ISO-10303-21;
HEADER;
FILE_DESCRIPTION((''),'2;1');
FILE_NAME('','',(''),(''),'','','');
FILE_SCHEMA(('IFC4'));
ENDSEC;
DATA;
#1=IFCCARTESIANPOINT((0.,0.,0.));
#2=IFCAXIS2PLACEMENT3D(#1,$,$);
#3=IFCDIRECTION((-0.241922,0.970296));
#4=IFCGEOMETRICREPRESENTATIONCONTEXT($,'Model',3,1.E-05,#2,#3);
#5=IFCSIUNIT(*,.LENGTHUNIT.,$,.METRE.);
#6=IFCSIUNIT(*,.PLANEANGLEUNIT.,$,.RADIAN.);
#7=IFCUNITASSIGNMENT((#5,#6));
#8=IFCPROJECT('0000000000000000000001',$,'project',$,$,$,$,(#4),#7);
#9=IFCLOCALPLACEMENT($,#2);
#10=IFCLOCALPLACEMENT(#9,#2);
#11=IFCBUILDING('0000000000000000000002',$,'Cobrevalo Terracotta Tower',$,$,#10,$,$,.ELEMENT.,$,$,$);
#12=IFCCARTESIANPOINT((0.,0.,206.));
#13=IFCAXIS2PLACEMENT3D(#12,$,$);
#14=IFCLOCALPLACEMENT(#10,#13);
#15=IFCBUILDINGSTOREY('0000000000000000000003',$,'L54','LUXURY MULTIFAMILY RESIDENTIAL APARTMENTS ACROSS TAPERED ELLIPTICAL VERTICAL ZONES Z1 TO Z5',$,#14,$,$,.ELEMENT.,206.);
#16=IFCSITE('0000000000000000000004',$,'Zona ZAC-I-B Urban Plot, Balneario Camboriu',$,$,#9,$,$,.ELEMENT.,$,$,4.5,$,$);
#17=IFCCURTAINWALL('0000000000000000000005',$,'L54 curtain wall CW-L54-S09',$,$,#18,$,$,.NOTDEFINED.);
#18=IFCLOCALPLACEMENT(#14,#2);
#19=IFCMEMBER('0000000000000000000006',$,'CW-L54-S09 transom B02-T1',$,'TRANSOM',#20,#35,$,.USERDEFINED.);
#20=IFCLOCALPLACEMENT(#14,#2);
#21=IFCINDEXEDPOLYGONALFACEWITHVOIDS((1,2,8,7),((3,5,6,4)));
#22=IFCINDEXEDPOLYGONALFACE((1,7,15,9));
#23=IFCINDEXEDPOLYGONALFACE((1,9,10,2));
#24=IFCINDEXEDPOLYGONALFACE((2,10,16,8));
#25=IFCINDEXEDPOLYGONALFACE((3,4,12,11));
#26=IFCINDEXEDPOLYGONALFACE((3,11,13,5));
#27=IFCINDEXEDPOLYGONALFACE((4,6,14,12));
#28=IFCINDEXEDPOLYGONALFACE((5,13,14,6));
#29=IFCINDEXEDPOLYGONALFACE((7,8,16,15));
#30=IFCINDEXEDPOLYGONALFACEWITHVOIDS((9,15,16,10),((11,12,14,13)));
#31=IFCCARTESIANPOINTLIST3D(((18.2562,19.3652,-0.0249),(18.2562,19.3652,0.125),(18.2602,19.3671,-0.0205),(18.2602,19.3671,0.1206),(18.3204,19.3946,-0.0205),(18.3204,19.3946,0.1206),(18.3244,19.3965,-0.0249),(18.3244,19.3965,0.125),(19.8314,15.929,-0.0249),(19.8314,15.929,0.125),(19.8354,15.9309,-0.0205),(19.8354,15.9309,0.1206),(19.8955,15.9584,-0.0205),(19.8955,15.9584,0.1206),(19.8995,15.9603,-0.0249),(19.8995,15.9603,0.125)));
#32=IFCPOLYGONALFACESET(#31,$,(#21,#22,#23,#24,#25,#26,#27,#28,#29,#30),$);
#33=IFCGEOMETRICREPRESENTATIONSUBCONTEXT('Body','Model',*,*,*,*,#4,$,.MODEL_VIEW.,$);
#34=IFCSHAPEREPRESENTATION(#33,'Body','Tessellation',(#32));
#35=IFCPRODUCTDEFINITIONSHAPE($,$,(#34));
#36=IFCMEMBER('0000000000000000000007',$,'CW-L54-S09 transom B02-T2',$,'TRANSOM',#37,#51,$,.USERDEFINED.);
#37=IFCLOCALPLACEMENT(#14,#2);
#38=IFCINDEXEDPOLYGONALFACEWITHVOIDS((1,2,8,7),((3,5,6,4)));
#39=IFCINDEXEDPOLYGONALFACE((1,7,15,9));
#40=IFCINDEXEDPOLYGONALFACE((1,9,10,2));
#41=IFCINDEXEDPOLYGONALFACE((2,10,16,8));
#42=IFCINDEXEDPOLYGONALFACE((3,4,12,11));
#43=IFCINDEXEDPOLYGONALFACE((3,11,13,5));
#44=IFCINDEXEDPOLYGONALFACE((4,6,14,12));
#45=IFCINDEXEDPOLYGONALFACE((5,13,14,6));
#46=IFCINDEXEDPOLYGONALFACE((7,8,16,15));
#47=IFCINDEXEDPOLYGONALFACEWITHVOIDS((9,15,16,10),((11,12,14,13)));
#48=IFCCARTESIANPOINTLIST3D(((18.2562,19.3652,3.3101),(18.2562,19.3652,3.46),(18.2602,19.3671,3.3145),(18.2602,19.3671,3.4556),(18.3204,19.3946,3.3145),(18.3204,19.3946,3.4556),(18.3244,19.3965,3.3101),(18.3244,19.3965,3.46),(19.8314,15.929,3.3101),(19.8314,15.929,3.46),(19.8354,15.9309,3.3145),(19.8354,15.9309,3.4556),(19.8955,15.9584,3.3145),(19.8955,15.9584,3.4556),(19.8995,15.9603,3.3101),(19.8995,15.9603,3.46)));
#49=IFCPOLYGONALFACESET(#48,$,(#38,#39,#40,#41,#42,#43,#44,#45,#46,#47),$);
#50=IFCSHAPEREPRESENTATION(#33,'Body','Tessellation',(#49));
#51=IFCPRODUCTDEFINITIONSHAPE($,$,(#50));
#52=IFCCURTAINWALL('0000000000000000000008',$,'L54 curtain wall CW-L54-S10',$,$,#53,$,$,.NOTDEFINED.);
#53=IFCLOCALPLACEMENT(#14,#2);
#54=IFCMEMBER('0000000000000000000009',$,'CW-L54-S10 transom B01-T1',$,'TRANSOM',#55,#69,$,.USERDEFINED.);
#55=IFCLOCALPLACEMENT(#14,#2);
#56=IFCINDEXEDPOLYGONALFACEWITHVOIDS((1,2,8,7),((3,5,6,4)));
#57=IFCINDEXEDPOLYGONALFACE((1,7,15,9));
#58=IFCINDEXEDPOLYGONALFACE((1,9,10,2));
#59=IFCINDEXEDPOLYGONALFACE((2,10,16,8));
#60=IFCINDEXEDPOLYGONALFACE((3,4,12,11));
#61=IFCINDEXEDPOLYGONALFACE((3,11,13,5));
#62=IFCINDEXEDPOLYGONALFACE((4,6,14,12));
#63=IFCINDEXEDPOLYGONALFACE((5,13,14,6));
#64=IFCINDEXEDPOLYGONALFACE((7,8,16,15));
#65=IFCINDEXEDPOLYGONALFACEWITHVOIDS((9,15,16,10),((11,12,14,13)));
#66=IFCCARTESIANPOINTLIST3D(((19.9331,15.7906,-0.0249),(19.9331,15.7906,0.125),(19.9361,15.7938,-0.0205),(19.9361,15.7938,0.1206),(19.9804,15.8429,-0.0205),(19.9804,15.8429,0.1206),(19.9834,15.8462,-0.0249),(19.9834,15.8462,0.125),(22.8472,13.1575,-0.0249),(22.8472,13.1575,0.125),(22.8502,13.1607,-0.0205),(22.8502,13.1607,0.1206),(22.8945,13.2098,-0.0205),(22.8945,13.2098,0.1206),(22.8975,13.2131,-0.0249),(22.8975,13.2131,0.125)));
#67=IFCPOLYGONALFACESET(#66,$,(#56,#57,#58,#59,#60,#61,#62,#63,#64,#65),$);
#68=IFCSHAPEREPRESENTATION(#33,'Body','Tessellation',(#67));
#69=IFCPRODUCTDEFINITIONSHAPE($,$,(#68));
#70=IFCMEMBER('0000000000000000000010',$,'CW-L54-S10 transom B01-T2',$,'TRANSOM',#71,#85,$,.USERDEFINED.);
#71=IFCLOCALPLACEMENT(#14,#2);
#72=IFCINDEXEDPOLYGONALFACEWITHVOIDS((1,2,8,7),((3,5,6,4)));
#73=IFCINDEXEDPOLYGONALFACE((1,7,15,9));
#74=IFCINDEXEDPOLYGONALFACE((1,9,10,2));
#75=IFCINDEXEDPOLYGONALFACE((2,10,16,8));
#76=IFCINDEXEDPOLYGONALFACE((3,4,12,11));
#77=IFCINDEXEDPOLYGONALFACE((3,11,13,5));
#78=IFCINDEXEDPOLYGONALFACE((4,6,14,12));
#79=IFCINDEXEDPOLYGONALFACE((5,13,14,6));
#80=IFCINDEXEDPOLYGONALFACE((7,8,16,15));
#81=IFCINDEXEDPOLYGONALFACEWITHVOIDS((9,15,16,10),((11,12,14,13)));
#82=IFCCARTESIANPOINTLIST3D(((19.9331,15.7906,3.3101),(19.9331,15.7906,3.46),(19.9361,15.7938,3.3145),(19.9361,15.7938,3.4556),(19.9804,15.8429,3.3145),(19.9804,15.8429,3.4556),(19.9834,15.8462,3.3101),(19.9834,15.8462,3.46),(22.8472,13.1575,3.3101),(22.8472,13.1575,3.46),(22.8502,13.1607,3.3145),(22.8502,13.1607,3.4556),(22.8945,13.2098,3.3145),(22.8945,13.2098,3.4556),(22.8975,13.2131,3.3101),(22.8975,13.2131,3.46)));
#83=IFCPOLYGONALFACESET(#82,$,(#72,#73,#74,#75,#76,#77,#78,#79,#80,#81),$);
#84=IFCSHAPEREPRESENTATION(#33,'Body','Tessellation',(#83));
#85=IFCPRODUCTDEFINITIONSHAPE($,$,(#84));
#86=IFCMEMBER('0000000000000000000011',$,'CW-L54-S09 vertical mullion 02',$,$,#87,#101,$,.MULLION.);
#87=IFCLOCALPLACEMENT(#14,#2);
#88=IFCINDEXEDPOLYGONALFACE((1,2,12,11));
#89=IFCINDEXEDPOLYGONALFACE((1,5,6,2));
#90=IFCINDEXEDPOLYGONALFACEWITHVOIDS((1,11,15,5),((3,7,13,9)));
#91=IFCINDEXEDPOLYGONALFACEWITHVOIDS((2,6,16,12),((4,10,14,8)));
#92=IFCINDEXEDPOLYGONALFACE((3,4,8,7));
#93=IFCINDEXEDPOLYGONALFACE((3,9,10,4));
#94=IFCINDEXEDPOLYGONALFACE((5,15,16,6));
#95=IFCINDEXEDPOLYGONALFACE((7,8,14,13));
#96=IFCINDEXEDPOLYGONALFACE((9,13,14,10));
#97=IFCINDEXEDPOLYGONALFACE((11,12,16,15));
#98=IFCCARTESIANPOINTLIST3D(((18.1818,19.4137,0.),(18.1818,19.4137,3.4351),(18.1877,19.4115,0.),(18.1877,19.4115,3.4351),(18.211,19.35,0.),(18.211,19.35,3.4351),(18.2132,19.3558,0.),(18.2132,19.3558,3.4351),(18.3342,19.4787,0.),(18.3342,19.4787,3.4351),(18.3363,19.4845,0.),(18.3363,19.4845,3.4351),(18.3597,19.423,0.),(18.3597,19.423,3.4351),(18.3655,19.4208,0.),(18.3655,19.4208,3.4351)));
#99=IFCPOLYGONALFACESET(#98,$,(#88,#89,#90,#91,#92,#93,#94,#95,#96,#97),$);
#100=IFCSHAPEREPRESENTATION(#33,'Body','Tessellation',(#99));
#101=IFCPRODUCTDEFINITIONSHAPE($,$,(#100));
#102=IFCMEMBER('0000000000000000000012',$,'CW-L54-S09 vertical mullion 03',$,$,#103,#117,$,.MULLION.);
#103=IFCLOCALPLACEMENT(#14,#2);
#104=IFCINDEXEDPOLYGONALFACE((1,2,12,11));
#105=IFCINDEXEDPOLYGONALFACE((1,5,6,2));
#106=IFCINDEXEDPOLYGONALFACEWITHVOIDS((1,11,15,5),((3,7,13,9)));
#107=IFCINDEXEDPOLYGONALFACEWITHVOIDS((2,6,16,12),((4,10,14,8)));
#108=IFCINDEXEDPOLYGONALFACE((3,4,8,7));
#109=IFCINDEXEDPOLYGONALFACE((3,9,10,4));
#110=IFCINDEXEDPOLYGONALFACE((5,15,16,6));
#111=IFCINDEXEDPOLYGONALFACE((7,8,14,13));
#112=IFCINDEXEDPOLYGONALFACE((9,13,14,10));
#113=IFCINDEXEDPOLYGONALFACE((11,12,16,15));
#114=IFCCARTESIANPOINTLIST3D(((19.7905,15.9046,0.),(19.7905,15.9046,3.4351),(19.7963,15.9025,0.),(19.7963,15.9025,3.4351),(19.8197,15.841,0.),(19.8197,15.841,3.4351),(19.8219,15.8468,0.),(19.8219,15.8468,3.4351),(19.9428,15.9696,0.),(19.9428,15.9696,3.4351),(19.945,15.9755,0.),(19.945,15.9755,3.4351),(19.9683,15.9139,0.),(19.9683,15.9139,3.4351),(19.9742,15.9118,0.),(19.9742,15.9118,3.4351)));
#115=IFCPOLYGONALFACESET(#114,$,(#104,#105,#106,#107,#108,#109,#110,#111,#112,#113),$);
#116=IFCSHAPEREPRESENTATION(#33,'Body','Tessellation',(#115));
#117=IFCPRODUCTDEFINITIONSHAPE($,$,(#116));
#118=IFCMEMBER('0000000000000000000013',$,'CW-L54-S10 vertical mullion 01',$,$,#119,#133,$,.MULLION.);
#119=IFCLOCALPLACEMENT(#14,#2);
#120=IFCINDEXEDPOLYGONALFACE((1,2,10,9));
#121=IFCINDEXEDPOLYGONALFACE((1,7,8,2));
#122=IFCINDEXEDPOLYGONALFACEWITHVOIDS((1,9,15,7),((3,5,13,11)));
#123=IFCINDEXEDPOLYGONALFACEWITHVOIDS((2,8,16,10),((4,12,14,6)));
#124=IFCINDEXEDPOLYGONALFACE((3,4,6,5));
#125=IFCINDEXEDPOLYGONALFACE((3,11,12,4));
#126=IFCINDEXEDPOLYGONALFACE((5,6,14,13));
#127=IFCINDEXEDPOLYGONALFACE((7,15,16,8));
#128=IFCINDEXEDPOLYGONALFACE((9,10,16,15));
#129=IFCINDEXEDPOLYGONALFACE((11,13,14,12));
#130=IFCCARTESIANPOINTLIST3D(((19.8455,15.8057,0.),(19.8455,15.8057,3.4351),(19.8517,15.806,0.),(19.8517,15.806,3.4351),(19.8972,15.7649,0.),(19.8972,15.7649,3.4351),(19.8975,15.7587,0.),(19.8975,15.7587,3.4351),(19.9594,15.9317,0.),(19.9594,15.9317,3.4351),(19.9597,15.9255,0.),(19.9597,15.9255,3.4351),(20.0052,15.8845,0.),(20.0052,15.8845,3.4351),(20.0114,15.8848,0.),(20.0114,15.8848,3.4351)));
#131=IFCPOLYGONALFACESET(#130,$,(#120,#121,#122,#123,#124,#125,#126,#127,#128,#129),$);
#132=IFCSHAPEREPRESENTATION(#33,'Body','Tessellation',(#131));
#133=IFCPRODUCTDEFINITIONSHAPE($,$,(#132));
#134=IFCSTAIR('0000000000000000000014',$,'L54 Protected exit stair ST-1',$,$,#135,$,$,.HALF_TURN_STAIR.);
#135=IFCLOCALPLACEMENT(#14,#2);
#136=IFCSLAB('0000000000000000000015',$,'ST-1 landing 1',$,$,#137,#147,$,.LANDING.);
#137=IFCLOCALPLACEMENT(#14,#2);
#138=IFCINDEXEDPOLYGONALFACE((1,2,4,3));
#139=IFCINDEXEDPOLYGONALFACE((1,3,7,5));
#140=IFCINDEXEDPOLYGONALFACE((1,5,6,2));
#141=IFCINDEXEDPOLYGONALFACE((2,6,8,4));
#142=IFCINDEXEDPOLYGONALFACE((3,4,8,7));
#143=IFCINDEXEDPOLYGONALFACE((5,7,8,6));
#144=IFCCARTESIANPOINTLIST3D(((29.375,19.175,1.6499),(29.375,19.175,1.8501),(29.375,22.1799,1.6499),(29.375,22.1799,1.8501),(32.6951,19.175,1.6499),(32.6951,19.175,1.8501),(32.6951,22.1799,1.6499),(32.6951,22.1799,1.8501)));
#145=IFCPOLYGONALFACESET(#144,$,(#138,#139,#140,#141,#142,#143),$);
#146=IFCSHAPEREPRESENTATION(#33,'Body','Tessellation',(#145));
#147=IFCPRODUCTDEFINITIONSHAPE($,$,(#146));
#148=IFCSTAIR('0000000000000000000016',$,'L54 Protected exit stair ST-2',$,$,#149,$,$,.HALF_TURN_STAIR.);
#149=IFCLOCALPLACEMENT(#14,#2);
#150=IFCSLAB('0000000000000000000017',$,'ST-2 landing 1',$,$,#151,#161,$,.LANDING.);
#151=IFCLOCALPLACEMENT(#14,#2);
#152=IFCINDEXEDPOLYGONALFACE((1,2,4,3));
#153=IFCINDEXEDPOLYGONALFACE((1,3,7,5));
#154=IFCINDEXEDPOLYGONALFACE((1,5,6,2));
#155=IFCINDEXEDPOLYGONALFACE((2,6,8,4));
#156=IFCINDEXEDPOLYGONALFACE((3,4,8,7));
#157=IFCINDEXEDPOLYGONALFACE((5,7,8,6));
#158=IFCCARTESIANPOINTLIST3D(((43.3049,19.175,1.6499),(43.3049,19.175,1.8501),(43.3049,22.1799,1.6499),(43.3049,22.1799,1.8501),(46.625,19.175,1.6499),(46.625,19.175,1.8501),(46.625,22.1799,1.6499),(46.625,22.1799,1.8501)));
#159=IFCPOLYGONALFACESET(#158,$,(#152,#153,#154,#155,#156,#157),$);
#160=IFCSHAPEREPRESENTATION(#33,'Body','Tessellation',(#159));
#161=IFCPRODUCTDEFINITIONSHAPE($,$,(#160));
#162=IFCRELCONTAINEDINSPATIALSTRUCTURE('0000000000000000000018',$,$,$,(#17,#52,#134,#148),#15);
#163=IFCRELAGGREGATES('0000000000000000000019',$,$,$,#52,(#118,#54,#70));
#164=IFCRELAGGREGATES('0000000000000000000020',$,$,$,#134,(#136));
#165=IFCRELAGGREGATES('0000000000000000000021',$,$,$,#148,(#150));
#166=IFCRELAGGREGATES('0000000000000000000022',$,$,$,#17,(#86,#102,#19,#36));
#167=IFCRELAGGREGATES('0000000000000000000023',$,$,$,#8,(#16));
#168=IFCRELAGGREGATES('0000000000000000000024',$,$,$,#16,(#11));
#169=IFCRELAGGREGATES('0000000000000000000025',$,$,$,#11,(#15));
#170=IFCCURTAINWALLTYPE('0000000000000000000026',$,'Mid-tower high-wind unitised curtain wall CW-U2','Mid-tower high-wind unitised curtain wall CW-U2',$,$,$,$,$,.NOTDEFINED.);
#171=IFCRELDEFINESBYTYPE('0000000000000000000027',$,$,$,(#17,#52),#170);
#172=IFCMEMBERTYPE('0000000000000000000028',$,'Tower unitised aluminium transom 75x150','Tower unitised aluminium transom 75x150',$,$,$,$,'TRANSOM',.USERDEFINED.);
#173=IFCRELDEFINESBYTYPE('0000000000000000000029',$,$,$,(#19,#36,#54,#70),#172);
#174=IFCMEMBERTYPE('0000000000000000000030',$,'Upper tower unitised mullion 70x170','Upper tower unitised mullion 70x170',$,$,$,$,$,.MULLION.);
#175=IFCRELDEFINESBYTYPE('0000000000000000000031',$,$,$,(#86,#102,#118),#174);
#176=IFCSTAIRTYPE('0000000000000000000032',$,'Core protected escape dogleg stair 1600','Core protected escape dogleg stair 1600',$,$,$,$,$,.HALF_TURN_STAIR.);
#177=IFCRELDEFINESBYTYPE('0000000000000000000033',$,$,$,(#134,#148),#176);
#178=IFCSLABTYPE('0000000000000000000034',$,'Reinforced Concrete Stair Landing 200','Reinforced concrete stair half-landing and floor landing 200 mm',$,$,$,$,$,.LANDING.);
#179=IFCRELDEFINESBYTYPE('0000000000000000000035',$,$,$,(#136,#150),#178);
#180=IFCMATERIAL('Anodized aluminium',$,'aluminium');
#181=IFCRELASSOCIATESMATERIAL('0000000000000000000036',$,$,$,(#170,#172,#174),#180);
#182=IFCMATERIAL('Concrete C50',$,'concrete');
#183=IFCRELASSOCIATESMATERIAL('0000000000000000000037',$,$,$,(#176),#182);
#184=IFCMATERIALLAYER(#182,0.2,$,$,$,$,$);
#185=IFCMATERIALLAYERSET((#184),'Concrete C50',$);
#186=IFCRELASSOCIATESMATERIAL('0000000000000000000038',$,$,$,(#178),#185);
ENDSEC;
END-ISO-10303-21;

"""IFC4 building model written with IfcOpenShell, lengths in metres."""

from ifc_helpers import new_model, si_unit, direction, frame, origin, origin_2d, place, context, subcontext, project, spatial, polyline, hollow_rectangle, outline, extrude, source, transform, mapped, material, layer, layer_set, material_profile, profile_set, type_object, element, aggregate, save


model = new_model("IFC4")

# Units and contexts
model_context = context("Model", 3, precision=1e-05, world=origin(), true_north=direction((-0.241922, 0.970296)))
body_context = subcontext(model_context, "Body", "Model", "MODEL_VIEW")
ifc_project = project(units=[si_unit("LENGTHUNIT", "METRE"), si_unit("PLANEANGLEUNIT", "RADIAN")], contexts=[model_context])

# Site, building, storey
site_placement = place(None, origin())
site = spatial("IfcSite", under=ifc_project, at=site_placement, Name="Zona ZAC-I-B Urban Plot, Balneario Camboriu", CompositionType="ELEMENT", RefElevation=4.5)
building_placement = place(site_placement, origin())
building = spatial("IfcBuilding", under=site, at=building_placement, Name="Cobrevalo Terracotta Tower", CompositionType="ELEMENT")
storey_placement = place(building_placement, frame((0.0, 0.0, 206.0)))
storey = spatial("IfcBuildingStorey", under=building, at=storey_placement, Name="L54", Description="LUXURY MULTIFAMILY RESIDENTIAL APARTMENTS ACROSS TAPERED ELLIPTICAL VERTICAL ZONES Z1 TO Z5", CompositionType="ELEMENT", Elevation=206.0)

# Curtain walls, members
ifc_material_1 = material(Name="Anodized aluminium", Category="aluminium")
curtain_wall_type = type_object("IfcCurtainWallType", Name="Mid-tower high-wind unitised curtain wall CW-U2", Description="Mid-tower high-wind unitised curtain wall CW-U2", PredefinedType="NOTDEFINED", material=ifc_material_1)
curtain_wall_1_placement = place(storey_placement, origin())
curtain_wall_1 = element("IfcCurtainWall", 1, at=curtain_wall_1_placement, inside=storey, type_object=curtain_wall_type, Name="L54 curtain wall CW-L54-S09", PredefinedType="NOTDEFINED")
ifc_material_profile_1 = material_profile(ifc_material_1, hollow_rectangle(XDim=0.075, YDim=0.1499, WallThickness=0.0044, at=origin_2d()), Name="CWT 75x150")
ifc_profile_set_1 = profile_set([ifc_material_profile_1], Name="Anodized aluminium")
member_type_1 = type_object("IfcMemberType", Name="Tower unitised aluminium transom 75x150", Description="Tower unitised aluminium transom 75x150", ElementType="TRANSOM", PredefinedType="USERDEFINED", material=ifc_profile_set_1)
shared_shape_1 = source(origin(), body_context, "Body", "SweptSolid", [
    extrude(hollow_rectangle(XDim=0.075, YDim=0.1499, WallThickness=0.0044, at=origin_2d()), origin(), (0.0, 0.0, 1.0), 3.78),
])
member_1_placement = place(storey_placement, frame((18.2903, 19.3809, 0.05), z_axis=(0.416706, -0.909041, 0.0), x_axis=(0.909041, 0.416706, 0.0)))
member_1 = element("IfcMember", 2, at=member_1_placement, type_object=member_type_1, Name="CW-L54-S09 transom B02-T1", ObjectType="TRANSOM", PredefinedType="USERDEFINED", context=body_context, shape_type="MappedRepresentation", body=[
    mapped(shared_shape_1, transform((0.0, 0.0, 0.0), scale=1.0)),
])
member_2_placement = place(storey_placement, frame((18.2903, 19.3809, 3.385), z_axis=(0.416706, -0.909041, 0.0), x_axis=(0.909041, 0.416706, 0.0)))
member_2 = element("IfcMember", 3, at=member_2_placement, type_object=member_type_1, Name="CW-L54-S09 transom B02-T2", ObjectType="TRANSOM", PredefinedType="USERDEFINED", context=body_context, shape_type="MappedRepresentation", body=[
    mapped(shared_shape_1, transform((0.0, 0.0, 0.0), scale=1.0)),
])
curtain_wall_2_placement = place(storey_placement, origin())
curtain_wall_2 = element("IfcCurtainWall", 4, at=curtain_wall_2_placement, inside=storey, type_object=curtain_wall_type, Name="L54 curtain wall CW-L54-S10", PredefinedType="NOTDEFINED")
shared_shape_2 = source(origin(), body_context, "Body", "SweptSolid", [
    extrude(hollow_rectangle(XDim=0.075, YDim=0.1499, WallThickness=0.0044, at=origin_2d()), origin(), (0.0, 0.0, 1.0), 3.9275),
])
member_3_placement = place(storey_placement, frame((19.9583, 15.8184, 0.05), z_axis=(0.741976, -0.670426, 0.0), x_axis=(0.670426, 0.741976, 0.0)))
member_3 = element("IfcMember", 5, at=member_3_placement, type_object=member_type_1, Name="CW-L54-S10 transom B01-T1", ObjectType="TRANSOM", PredefinedType="USERDEFINED", context=body_context, shape_type="MappedRepresentation", body=[
    mapped(shared_shape_2, transform((0.0, 0.0, 0.0), scale=1.0)),
])
member_4_placement = place(storey_placement, frame((19.9583, 15.8184, 3.385), z_axis=(0.741976, -0.670426, 0.0), x_axis=(0.670426, 0.741976, 0.0)))
member_4 = element("IfcMember", 6, at=member_4_placement, type_object=member_type_1, Name="CW-L54-S10 transom B01-T2", ObjectType="TRANSOM", PredefinedType="USERDEFINED", context=body_context, shape_type="MappedRepresentation", body=[
    mapped(shared_shape_2, transform((0.0, 0.0, 0.0), scale=1.0)),
])

# Members
ifc_material_profile_2 = material_profile(ifc_material_1, hollow_rectangle(XDim=0.0701, YDim=0.1699, WallThickness=0.0044, at=origin_2d()), Name="CWM 70x170")
ifc_profile_set_2 = profile_set([ifc_material_profile_2], Name="Anodized aluminium")
member_type_2 = type_object("IfcMemberType", Name="Upper tower unitised mullion 70x170", Description="Upper tower unitised mullion 70x170", PredefinedType="MULLION", material=ifc_profile_set_2)
shared_shape_3 = source(origin(), body_context, "Body", "SweptSolid", [
    extrude(hollow_rectangle(XDim=0.0701, YDim=0.1699, WallThickness=0.0044, at=origin_2d()), origin(), (0.0, 0.0, 1.0), 3.4351),
])
member_5_placement = place(storey_placement, frame((18.2737, 19.4172, 0.0), z_axis=(0.0, 0.0, 1.0), x_axis=(0.416725, -0.909033, 0.0)))
member_5 = element("IfcMember", 7, at=member_5_placement, type_object=member_type_2, Name="CW-L54-S09 vertical mullion 02", PredefinedType="MULLION", context=body_context, shape_type="MappedRepresentation", body=[
    mapped(shared_shape_3, transform((0.0, 0.0, 0.0), scale=1.0)),
])
member_6_placement = place(storey_placement, frame((19.8823, 15.9082, 0.0), z_axis=(0.0, 0.0, 1.0), x_axis=(0.416725, -0.909033, 0.0)))
member_6 = element("IfcMember", 8, at=member_6_placement, type_object=member_type_2, Name="CW-L54-S09 vertical mullion 03", PredefinedType="MULLION", context=body_context, shape_type="MappedRepresentation", body=[
    mapped(shared_shape_3, transform((0.0, 0.0, 0.0), scale=1.0)),
])
member_7_placement = place(storey_placement, frame((19.9285, 15.8452, 0.0), z_axis=(0.0, 0.0, 1.0), x_axis=(0.741988, -0.670414, 0.0)))
member_7 = element("IfcMember", 9, at=member_7_placement, type_object=member_type_2, Name="CW-L54-S10 vertical mullion 01", PredefinedType="MULLION", context=body_context, shape_type="MappedRepresentation", body=[
    mapped(shared_shape_3, transform((0.0, 0.0, 0.0), scale=1.0)),
])
aggregate(curtain_wall_2, [member_7, member_3, member_4])

# Stairs, slabs
ifc_material_2 = material(Name="Concrete C50", Category="concrete")
stair_type = type_object("IfcStairType", Name="Core protected escape dogleg stair 1600", Description="Core protected escape dogleg stair 1600", PredefinedType="HALF_TURN_STAIR", material=ifc_material_2)
stair_1_placement = place(storey_placement, origin())
stair_1 = element("IfcStair", 10, at=stair_1_placement, inside=storey, type_object=stair_type, Name="L54 Protected exit stair ST-1", PredefinedType="HALF_TURN_STAIR")
ifc_layer_1 = layer(ifc_material_2, 0.2)
ifc_layer_set_1 = layer_set([ifc_layer_1], Name="Concrete C50")
slab_type_1 = type_object("IfcSlabType", Name="Reinforced Concrete Stair Landing 200", Description="Reinforced concrete stair half-landing and floor landing 200 mm", PredefinedType="LANDING", material=ifc_layer_set_1)
slab_1_placement = place(storey_placement, frame((0.0, 0.0, 1.6499)))
slab_1 = element("IfcSlab", 11, at=slab_1_placement, type_object=slab_type_1, Name="ST-1 landing 1", PredefinedType="LANDING", context=body_context, shape_type="SweptSolid", body=[
    extrude(outline(polyline([(29.375, 22.1799), (29.375, 19.175), (32.6951, 19.175), (32.6951, 22.1799), (29.375, 22.1799)])), origin(), (0.0, 0.0, 1.0), 0.2002),
])
aggregate(stair_1, [slab_1])
stair_2_placement = place(storey_placement, origin())
stair_2 = element("IfcStair", 12, at=stair_2_placement, inside=storey, type_object=stair_type, Name="L54 Protected exit stair ST-2", PredefinedType="HALF_TURN_STAIR")
slab_2_placement = place(storey_placement, frame((0.0, 0.0, 1.6499)))
slab_2 = element("IfcSlab", 13, at=slab_2_placement, type_object=slab_type_1, Name="ST-2 landing 1", PredefinedType="LANDING", context=body_context, shape_type="SweptSolid", body=[
    extrude(outline(polyline([(43.3049, 22.1799), (43.3049, 19.175), (46.625, 19.175), (46.625, 22.1799), (43.3049, 22.1799)])), origin(), (0.0, 0.0, 1.0), 0.2002),
])
aggregate(stair_2, [slab_2])

aggregate(curtain_wall_1, [member_5, member_6, member_1, member_2])

save(model, "model.ifc")
